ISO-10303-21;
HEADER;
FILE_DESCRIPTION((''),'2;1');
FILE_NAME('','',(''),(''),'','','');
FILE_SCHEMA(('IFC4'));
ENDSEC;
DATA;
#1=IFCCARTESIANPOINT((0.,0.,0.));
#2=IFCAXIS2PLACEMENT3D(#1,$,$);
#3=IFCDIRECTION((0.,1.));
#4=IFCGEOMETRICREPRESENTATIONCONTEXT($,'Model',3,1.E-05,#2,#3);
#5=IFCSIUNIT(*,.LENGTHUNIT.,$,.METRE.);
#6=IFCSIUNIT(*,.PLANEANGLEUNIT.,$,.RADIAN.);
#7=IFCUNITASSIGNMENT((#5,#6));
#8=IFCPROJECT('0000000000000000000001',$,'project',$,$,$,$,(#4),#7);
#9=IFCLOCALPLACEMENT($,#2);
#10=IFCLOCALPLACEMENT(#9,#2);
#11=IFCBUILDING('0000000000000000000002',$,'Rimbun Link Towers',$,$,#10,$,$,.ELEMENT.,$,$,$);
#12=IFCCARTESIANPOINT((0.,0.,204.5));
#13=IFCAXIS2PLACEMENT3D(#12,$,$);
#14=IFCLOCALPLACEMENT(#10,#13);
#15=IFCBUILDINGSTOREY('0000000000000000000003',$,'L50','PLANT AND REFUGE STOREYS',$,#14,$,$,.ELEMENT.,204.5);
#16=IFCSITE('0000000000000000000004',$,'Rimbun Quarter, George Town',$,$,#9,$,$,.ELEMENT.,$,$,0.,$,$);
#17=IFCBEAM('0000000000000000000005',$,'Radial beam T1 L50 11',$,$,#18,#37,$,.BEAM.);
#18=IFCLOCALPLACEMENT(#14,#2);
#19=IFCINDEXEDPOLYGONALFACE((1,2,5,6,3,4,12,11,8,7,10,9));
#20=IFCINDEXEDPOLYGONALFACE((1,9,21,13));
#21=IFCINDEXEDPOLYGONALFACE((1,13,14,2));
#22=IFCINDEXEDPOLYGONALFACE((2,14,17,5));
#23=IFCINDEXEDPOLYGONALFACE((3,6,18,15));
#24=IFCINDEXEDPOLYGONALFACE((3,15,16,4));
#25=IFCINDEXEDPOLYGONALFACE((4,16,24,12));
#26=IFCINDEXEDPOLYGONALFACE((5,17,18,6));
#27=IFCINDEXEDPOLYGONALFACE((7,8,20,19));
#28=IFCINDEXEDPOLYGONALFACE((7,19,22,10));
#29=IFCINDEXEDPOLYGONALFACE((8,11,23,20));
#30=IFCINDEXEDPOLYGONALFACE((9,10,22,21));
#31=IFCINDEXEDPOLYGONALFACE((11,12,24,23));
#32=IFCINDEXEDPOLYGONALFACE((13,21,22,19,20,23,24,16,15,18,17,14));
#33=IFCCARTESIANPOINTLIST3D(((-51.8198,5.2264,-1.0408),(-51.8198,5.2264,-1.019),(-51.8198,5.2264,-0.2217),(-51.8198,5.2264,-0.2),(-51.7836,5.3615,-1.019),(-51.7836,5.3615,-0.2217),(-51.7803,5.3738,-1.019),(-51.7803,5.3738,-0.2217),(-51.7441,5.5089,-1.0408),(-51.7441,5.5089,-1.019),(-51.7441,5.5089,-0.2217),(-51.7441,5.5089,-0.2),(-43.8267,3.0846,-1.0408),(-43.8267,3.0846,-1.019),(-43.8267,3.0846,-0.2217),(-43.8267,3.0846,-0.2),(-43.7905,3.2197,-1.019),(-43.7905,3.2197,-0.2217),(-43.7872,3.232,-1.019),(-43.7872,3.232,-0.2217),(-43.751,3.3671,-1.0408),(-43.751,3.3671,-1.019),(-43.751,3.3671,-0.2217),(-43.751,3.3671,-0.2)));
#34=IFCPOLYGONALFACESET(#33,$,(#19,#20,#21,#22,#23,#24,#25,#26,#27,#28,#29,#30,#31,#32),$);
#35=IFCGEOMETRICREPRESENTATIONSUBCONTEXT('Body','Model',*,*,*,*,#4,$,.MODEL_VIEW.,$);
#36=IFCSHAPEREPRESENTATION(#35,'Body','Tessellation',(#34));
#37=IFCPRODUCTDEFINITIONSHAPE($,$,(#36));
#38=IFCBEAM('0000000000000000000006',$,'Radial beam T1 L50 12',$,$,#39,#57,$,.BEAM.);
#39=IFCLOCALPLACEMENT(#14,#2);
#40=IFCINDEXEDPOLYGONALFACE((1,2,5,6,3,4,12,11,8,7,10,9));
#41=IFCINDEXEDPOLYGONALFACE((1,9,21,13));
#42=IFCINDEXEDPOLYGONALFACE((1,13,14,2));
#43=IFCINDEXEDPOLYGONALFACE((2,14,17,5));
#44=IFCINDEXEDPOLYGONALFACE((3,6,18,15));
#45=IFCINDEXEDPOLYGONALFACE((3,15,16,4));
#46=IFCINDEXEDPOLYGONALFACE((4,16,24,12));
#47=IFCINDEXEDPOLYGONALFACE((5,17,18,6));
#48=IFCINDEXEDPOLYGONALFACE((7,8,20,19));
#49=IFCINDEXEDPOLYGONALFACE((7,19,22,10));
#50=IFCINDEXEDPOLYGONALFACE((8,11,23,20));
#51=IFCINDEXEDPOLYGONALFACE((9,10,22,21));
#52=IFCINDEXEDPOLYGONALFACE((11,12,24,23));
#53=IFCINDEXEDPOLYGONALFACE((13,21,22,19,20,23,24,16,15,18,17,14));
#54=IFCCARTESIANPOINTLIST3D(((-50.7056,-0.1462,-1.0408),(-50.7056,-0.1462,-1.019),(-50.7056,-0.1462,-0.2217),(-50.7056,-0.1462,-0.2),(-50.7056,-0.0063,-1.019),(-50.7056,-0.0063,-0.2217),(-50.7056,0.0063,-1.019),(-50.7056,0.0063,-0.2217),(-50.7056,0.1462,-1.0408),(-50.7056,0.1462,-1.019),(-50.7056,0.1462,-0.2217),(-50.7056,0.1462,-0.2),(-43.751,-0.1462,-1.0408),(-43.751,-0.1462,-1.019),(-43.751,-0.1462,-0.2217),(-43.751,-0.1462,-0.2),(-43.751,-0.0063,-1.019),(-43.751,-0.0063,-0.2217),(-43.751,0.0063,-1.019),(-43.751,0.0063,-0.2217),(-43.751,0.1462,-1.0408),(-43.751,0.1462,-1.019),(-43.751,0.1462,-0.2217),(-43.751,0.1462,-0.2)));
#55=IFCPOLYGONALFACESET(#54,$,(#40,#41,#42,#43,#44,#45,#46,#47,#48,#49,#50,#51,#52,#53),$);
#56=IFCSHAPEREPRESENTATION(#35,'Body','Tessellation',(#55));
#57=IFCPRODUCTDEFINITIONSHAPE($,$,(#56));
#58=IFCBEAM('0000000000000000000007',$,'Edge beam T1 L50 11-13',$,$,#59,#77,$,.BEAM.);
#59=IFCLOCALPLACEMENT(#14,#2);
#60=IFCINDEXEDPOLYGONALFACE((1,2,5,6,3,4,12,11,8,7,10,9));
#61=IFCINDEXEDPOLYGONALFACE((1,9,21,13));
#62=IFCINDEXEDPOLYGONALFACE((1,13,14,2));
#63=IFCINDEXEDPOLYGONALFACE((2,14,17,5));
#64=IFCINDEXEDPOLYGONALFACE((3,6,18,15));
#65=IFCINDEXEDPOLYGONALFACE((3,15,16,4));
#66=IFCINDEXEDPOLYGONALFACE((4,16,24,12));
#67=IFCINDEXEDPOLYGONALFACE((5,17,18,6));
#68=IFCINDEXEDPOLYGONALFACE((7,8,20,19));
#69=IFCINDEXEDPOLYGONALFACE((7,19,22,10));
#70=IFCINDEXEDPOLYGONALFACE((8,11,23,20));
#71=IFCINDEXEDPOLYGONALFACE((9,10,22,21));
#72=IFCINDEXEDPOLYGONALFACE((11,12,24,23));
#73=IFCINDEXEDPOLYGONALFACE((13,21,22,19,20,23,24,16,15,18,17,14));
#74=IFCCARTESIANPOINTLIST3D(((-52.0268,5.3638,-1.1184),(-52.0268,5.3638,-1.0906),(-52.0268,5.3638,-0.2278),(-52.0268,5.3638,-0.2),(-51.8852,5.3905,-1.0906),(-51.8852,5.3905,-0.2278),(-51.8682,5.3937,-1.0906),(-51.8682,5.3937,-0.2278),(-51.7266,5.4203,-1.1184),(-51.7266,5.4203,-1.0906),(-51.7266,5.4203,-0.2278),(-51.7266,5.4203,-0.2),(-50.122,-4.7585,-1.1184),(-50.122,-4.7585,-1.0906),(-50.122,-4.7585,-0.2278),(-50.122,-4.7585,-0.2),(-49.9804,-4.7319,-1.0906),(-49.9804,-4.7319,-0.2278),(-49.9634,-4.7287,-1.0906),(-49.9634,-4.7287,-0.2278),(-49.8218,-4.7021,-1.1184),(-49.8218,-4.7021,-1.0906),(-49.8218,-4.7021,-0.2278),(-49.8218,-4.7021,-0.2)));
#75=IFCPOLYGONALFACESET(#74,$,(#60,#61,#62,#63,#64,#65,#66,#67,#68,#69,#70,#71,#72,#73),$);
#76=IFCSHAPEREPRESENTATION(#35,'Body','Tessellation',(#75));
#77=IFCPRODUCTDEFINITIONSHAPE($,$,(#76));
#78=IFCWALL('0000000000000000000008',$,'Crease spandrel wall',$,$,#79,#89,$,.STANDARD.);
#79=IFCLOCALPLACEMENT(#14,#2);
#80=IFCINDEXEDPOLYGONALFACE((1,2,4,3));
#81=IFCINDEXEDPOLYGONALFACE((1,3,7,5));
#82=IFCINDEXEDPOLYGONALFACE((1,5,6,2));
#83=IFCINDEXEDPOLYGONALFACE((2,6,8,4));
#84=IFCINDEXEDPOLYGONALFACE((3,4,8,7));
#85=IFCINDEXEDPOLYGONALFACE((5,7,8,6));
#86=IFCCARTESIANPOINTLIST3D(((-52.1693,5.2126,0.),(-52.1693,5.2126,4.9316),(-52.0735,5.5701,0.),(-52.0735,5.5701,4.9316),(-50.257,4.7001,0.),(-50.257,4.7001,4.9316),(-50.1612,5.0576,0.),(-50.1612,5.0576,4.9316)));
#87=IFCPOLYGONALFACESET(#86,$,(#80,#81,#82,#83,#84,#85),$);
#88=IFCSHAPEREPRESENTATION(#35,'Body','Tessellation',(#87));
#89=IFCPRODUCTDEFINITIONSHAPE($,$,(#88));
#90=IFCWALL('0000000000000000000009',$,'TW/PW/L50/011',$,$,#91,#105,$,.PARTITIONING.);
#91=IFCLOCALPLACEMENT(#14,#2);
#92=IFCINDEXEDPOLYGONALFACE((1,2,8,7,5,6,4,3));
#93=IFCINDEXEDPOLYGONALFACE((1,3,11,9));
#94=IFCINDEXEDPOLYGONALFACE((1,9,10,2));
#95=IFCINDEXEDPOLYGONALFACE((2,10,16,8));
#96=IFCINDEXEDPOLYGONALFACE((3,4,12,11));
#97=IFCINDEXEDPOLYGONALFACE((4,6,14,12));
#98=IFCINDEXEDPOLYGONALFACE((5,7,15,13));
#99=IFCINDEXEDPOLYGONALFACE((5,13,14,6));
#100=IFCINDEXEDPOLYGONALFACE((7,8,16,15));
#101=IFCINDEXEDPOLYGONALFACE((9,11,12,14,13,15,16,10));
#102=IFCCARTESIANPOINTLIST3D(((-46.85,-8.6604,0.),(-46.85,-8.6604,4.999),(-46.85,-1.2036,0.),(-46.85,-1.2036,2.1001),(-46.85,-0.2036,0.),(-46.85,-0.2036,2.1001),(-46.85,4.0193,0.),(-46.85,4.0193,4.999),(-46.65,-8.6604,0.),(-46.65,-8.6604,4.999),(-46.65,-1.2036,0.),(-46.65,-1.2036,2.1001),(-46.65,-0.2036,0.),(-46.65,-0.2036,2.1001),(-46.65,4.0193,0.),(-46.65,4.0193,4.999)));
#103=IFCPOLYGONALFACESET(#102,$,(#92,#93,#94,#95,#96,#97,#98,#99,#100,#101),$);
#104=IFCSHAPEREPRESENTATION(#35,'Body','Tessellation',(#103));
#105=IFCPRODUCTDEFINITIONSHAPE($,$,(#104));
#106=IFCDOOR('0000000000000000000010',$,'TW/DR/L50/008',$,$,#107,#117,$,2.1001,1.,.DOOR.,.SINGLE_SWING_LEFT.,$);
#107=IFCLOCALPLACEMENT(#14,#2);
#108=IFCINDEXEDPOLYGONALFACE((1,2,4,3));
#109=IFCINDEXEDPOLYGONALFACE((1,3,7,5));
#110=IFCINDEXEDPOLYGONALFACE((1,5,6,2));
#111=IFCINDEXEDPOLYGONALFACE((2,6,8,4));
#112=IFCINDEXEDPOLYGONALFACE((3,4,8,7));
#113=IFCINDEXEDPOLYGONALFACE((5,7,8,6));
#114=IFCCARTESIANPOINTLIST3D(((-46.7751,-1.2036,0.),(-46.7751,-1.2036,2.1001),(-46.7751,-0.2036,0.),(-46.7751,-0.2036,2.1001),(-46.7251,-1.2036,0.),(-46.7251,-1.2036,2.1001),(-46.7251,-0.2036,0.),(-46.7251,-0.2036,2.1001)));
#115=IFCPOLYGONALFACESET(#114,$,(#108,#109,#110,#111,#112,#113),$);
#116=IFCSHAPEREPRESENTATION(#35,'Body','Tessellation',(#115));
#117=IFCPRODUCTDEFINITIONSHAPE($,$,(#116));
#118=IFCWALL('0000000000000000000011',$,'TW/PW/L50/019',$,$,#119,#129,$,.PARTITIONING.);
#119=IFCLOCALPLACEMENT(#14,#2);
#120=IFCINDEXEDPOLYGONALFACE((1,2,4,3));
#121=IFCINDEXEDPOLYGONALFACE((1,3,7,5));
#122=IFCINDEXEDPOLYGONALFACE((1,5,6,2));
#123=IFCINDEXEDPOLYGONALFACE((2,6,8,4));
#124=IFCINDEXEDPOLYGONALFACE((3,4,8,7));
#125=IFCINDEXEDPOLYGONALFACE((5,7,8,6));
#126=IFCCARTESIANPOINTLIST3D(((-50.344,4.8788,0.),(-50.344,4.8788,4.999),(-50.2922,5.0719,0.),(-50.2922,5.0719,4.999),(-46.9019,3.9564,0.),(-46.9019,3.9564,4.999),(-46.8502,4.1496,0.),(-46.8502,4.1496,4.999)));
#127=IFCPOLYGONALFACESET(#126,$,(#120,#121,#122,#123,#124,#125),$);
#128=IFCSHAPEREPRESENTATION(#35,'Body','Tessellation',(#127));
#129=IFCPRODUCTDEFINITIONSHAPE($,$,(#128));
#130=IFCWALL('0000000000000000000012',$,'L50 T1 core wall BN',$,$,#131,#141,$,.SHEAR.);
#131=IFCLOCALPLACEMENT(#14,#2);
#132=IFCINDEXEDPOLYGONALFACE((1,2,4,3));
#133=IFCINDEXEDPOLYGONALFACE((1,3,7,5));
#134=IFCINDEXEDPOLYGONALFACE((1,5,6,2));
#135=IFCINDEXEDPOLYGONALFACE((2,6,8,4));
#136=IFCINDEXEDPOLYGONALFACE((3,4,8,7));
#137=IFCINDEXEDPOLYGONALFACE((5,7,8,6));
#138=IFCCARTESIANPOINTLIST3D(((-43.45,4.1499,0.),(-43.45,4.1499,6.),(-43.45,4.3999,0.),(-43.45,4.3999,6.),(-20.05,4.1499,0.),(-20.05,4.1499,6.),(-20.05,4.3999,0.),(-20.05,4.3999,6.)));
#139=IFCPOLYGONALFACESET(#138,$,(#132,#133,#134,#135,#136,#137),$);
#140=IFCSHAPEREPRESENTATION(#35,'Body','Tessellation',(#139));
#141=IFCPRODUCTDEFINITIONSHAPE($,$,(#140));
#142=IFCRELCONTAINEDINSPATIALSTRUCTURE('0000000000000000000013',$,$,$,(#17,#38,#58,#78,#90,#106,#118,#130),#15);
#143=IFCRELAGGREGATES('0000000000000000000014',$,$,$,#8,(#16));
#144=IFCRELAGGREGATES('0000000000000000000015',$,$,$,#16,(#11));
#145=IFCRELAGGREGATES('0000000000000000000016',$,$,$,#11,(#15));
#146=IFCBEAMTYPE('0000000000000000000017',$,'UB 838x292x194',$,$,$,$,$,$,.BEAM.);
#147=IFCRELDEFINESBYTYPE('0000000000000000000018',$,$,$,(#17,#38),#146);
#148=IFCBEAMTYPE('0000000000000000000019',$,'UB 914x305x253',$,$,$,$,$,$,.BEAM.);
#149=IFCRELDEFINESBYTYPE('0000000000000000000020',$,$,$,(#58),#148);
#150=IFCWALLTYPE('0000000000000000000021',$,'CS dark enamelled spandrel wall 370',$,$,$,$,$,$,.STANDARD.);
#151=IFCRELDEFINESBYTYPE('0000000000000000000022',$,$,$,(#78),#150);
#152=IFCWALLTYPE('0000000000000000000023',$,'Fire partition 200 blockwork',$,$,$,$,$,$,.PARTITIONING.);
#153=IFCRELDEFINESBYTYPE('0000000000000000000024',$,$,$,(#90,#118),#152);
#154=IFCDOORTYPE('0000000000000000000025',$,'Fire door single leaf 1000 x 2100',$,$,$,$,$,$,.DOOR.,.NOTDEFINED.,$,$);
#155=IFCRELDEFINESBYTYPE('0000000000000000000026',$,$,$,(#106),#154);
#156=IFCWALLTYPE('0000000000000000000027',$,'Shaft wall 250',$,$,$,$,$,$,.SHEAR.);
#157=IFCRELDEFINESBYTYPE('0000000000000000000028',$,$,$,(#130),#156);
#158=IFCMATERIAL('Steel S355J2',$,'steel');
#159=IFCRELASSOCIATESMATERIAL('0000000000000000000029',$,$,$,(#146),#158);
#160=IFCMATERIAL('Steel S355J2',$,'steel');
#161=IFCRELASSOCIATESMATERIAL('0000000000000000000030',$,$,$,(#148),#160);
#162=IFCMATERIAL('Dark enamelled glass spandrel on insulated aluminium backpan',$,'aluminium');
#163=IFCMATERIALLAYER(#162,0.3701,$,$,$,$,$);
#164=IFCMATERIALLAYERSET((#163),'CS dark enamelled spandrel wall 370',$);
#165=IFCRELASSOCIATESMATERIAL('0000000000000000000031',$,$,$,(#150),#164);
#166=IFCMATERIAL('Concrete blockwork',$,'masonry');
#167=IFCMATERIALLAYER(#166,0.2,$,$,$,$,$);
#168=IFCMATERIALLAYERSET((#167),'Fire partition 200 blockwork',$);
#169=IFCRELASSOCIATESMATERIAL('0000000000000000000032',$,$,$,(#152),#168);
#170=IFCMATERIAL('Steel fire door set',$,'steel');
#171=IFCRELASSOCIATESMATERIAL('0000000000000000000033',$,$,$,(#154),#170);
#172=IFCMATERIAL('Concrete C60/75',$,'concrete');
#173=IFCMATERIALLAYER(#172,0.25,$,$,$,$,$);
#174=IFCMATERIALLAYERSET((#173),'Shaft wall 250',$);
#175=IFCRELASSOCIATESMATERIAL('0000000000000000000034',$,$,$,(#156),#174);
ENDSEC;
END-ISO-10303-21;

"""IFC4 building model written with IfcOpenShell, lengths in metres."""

from ifc_helpers import new_model, si_unit, direction, frame, frame_2d, origin, origin_2d, place, context, subcontext, project, spatial, rectangle, i_section, extrude, material, layer, layer_set, material_profile, profile_set, type_object, element, fill, save


model = new_model("IFC4")

# Units and contexts
model_context = context("Model", 3, precision=1e-05, world=origin(), true_north=direction((0.0, 1.0)))
body_context = subcontext(model_context, "Body", "Model", "MODEL_VIEW")
ifc_project = project(units=[si_unit("LENGTHUNIT", "METRE"), si_unit("PLANEANGLEUNIT", "RADIAN")], contexts=[model_context])

# Site, building, storey
site_placement = place(None, origin())
site = spatial("IfcSite", under=ifc_project, at=site_placement, Name="Rimbun Quarter, George Town", CompositionType="ELEMENT", RefElevation=0.0)
building_placement = place(site_placement, origin())
building = spatial("IfcBuilding", under=site, at=building_placement, Name="Rimbun Link Towers", CompositionType="ELEMENT")
storey_placement = place(building_placement, frame((0.0, 0.0, 204.5)))
storey = spatial("IfcBuildingStorey", under=building, at=storey_placement, Name="L50", Description="PLANT AND REFUGE STOREYS", CompositionType="ELEMENT", Elevation=204.5)

# Beams
ifc_material_1 = material(Name="Steel S355J2", Category="steel")
ifc_material_profile_1 = material_profile(ifc_material_1, i_section(OverallWidth=0.2925, OverallDepth=0.8408, WebThickness=0.0127, FlangeThickness=0.0217, at=origin_2d()), Name="UB 838x292x194")
ifc_profile_set_1 = profile_set([ifc_material_profile_1], Name="Steel S355J2")
beam_type_1 = type_object("IfcBeamType", Name="UB 838x292x194", PredefinedType="BEAM", material=ifc_profile_set_1)
beam_1_placement = place(storey_placement, frame((-43.7888, 3.2258, -0.6204), z_axis=(-0.965923, 0.258828, 0.0), x_axis=(-0.258828, -0.965923, 0.0)))
element("IfcBeam", 1, at=beam_1_placement, inside=storey, type_object=beam_type_1, Name="Radial beam T1 L50 11", PredefinedType="BEAM", context=body_context, shape_type="SweptSolid", body=[
    extrude(i_section(OverallWidth=0.2925, OverallDepth=0.8408, WebThickness=0.0127, FlangeThickness=0.0217, at=origin_2d()), origin(), (0.0, 0.0, 1.0), 8.2751),
])
beam_2_placement = place(storey_placement, frame((-43.751, 0.0, -0.6204), z_axis=(-1.0, 0.0, 0.0), x_axis=(0.0, -1.0, 0.0)))
element("IfcBeam", 2, at=beam_2_placement, inside=storey, type_object=beam_type_1, Name="Radial beam T1 L50 12", PredefinedType="BEAM", context=body_context, shape_type="SweptSolid", body=[
    extrude(i_section(OverallWidth=0.2925, OverallDepth=0.8408, WebThickness=0.0127, FlangeThickness=0.0217, at=origin_2d()), origin(), (0.0, 0.0, 1.0), 6.9546),
])
ifc_material_2 = material(Name="Steel S355J2", Category="steel")
ifc_material_profile_2 = material_profile(ifc_material_2, i_section(OverallWidth=0.3054, OverallDepth=0.9185, WebThickness=0.0173, FlangeThickness=0.0278, at=origin_2d()), Name="UB 914x305x253")
ifc_profile_set_2 = profile_set([ifc_material_profile_2], Name="Steel S355J2")
beam_type_2 = type_object("IfcBeamType", Name="UB 914x305x253", PredefinedType="BEAM", material=ifc_profile_set_2)
beam_3_placement = place(storey_placement, frame((-51.8767, 5.3921, -0.6592), z_axis=(0.184931, -0.982751, 0.0), x_axis=(0.982751, 0.184931, 0.0)))
element("IfcBeam", 3, at=beam_3_placement, inside=storey, type_object=beam_type_2, Name="Edge beam T1 L50 11-13", PredefinedType="BEAM", context=body_context, shape_type="SweptSolid", body=[
    extrude(i_section(OverallWidth=0.3054, OverallDepth=0.9185, WebThickness=0.0173, FlangeThickness=0.0278, at=origin_2d()), origin(), (0.0, 0.0, 1.0), 10.3),
])

# Wall
ifc_material_3 = material(Name="Dark enamelled glass spandrel on insulated aluminium backpan", Category="aluminium")
ifc_layer_1 = layer(ifc_material_3, 0.3701)
ifc_layer_set_1 = layer_set([ifc_layer_1], Name="CS dark enamelled spandrel wall 370")
wall_type_1 = type_object("IfcWallType", Name="CS dark enamelled spandrel wall 370", PredefinedType="STANDARD", material=ifc_layer_set_1)
wall_1_placement = place(storey_placement, frame((-50.2092, 4.8789, 0.0), z_axis=(0.0, 0.0, 1.0), x_axis=(-0.965921, 0.258837, 0.0)))
element("IfcWall", 4, at=wall_1_placement, inside=storey, type_object=wall_type_1, Name="Crease spandrel wall", PredefinedType="STANDARD", context=body_context, shape_type="SweptSolid", body=[
    extrude(rectangle(XDim=1.9797, YDim=0.3701, at=frame_2d((0.9897, 0.0))), origin(), (0.0, 0.0, 1.0), 4.9316),
])

# Wall, opening, door
ifc_material_4 = material(Name="Concrete blockwork", Category="masonry")
ifc_layer_2 = layer(ifc_material_4, 0.2)
ifc_layer_set_2 = layer_set([ifc_layer_2], Name="Fire partition 200 blockwork")
wall_type_2 = type_object("IfcWallType", Name="Fire partition 200 blockwork", PredefinedType="PARTITIONING", material=ifc_layer_set_2)
wall_2_placement = place(storey_placement, frame((-46.75, 4.0193, 0.0), z_axis=(0.0, 0.0, 1.0), x_axis=(0.0, -1.0, 0.0)))
wall_2 = element("IfcWall", 5, at=wall_2_placement, inside=storey, type_object=wall_type_2, Name="TW/PW/L50/011", PredefinedType="PARTITIONING", context=body_context, shape_type="SweptSolid", body=[
    extrude(rectangle(XDim=12.6797, YDim=0.2, at=frame_2d((6.3398, 0.0))), origin(), (0.0, 0.0, 1.0), 4.999),
])
opening_1_placement = place(wall_2_placement, frame((4.2229, 0.0, 0.0)))
opening_1 = element("IfcOpeningElement", 6, at=opening_1_placement, cuts=wall_2, PredefinedType="OPENING", context=body_context, shape_type="SweptSolid", body=[
    extrude(rectangle(XDim=1.0, YDim=2.1001, at=frame_2d((0.5, 1.05))), frame((0.0, 0.1099, 0.0), z_axis=(0.0, -1.0, 0.0), x_axis=(1.0, 0.0, 0.0)), (0.0, 0.0, 1.0), 0.22),
])
ifc_material_5 = material(Name="Steel fire door set", Category="steel")
door_type_1 = type_object("IfcDoorType", Name="Fire door single leaf 1000 x 2100", OperationType="NOTDEFINED", PredefinedType="DOOR", material=ifc_material_5)
door_1_placement = place(opening_1_placement, origin())
door_1 = element("IfcDoor", 7, at=door_1_placement, inside=storey, type_object=door_type_1, Name="TW/DR/L50/008", OperationType="SINGLE_SWING_LEFT", OverallHeight=2.1001, OverallWidth=1.0, PredefinedType="DOOR", context=body_context, shape_type="SweptSolid", body=[
    extrude(rectangle(XDim=1.0, YDim=2.1001, at=frame_2d((0.5, 1.05))), frame((0.0, 0.0249, 0.0), z_axis=(0.0, -1.0, 0.0), x_axis=(1.0, 0.0, 0.0)), (0.0, 0.0, 1.0), 0.05),
])
fill(opening_1, door_1)

# Walls
wall_3_placement = place(storey_placement, frame((-50.3181, 4.9753, 0.0), z_axis=(0.0, 0.0, 1.0), x_axis=(0.965923, -0.258831, 0.0)))
element("IfcWall", 8, at=wall_3_placement, inside=storey, type_object=wall_type_2, Name="TW/PW/L50/019", PredefinedType="PARTITIONING", context=body_context, shape_type="SweptSolid", body=[
    extrude(rectangle(XDim=3.5635, YDim=0.2, at=frame_2d((1.7817, 0.0))), origin(), (0.0, 0.0, 1.0), 4.999),
])
ifc_material_6 = material(Name="Concrete C60/75", Category="concrete")
ifc_layer_3 = layer(ifc_material_6, 0.25)
ifc_layer_set_3 = layer_set([ifc_layer_3], Name="Shaft wall 250")
wall_type_3 = type_object("IfcWallType", Name="Shaft wall 250", PredefinedType="SHEAR", material=ifc_layer_set_3)
wall_4_placement = place(storey_placement, frame((-43.45, 4.2749, 0.0), z_axis=(0.0, 0.0, 1.0), x_axis=(1.0, 0.0, 0.0)))
element("IfcWall", 9, at=wall_4_placement, inside=storey, type_object=wall_type_3, Name="L50 T1 core wall BN", PredefinedType="SHEAR", context=body_context, shape_type="SweptSolid", body=[
    extrude(rectangle(XDim=23.3999, YDim=0.25, at=frame_2d((11.7, 0.0))), origin(), (0.0, 0.0, 1.0), 6.0),
])

save(model, "model.ifc")
